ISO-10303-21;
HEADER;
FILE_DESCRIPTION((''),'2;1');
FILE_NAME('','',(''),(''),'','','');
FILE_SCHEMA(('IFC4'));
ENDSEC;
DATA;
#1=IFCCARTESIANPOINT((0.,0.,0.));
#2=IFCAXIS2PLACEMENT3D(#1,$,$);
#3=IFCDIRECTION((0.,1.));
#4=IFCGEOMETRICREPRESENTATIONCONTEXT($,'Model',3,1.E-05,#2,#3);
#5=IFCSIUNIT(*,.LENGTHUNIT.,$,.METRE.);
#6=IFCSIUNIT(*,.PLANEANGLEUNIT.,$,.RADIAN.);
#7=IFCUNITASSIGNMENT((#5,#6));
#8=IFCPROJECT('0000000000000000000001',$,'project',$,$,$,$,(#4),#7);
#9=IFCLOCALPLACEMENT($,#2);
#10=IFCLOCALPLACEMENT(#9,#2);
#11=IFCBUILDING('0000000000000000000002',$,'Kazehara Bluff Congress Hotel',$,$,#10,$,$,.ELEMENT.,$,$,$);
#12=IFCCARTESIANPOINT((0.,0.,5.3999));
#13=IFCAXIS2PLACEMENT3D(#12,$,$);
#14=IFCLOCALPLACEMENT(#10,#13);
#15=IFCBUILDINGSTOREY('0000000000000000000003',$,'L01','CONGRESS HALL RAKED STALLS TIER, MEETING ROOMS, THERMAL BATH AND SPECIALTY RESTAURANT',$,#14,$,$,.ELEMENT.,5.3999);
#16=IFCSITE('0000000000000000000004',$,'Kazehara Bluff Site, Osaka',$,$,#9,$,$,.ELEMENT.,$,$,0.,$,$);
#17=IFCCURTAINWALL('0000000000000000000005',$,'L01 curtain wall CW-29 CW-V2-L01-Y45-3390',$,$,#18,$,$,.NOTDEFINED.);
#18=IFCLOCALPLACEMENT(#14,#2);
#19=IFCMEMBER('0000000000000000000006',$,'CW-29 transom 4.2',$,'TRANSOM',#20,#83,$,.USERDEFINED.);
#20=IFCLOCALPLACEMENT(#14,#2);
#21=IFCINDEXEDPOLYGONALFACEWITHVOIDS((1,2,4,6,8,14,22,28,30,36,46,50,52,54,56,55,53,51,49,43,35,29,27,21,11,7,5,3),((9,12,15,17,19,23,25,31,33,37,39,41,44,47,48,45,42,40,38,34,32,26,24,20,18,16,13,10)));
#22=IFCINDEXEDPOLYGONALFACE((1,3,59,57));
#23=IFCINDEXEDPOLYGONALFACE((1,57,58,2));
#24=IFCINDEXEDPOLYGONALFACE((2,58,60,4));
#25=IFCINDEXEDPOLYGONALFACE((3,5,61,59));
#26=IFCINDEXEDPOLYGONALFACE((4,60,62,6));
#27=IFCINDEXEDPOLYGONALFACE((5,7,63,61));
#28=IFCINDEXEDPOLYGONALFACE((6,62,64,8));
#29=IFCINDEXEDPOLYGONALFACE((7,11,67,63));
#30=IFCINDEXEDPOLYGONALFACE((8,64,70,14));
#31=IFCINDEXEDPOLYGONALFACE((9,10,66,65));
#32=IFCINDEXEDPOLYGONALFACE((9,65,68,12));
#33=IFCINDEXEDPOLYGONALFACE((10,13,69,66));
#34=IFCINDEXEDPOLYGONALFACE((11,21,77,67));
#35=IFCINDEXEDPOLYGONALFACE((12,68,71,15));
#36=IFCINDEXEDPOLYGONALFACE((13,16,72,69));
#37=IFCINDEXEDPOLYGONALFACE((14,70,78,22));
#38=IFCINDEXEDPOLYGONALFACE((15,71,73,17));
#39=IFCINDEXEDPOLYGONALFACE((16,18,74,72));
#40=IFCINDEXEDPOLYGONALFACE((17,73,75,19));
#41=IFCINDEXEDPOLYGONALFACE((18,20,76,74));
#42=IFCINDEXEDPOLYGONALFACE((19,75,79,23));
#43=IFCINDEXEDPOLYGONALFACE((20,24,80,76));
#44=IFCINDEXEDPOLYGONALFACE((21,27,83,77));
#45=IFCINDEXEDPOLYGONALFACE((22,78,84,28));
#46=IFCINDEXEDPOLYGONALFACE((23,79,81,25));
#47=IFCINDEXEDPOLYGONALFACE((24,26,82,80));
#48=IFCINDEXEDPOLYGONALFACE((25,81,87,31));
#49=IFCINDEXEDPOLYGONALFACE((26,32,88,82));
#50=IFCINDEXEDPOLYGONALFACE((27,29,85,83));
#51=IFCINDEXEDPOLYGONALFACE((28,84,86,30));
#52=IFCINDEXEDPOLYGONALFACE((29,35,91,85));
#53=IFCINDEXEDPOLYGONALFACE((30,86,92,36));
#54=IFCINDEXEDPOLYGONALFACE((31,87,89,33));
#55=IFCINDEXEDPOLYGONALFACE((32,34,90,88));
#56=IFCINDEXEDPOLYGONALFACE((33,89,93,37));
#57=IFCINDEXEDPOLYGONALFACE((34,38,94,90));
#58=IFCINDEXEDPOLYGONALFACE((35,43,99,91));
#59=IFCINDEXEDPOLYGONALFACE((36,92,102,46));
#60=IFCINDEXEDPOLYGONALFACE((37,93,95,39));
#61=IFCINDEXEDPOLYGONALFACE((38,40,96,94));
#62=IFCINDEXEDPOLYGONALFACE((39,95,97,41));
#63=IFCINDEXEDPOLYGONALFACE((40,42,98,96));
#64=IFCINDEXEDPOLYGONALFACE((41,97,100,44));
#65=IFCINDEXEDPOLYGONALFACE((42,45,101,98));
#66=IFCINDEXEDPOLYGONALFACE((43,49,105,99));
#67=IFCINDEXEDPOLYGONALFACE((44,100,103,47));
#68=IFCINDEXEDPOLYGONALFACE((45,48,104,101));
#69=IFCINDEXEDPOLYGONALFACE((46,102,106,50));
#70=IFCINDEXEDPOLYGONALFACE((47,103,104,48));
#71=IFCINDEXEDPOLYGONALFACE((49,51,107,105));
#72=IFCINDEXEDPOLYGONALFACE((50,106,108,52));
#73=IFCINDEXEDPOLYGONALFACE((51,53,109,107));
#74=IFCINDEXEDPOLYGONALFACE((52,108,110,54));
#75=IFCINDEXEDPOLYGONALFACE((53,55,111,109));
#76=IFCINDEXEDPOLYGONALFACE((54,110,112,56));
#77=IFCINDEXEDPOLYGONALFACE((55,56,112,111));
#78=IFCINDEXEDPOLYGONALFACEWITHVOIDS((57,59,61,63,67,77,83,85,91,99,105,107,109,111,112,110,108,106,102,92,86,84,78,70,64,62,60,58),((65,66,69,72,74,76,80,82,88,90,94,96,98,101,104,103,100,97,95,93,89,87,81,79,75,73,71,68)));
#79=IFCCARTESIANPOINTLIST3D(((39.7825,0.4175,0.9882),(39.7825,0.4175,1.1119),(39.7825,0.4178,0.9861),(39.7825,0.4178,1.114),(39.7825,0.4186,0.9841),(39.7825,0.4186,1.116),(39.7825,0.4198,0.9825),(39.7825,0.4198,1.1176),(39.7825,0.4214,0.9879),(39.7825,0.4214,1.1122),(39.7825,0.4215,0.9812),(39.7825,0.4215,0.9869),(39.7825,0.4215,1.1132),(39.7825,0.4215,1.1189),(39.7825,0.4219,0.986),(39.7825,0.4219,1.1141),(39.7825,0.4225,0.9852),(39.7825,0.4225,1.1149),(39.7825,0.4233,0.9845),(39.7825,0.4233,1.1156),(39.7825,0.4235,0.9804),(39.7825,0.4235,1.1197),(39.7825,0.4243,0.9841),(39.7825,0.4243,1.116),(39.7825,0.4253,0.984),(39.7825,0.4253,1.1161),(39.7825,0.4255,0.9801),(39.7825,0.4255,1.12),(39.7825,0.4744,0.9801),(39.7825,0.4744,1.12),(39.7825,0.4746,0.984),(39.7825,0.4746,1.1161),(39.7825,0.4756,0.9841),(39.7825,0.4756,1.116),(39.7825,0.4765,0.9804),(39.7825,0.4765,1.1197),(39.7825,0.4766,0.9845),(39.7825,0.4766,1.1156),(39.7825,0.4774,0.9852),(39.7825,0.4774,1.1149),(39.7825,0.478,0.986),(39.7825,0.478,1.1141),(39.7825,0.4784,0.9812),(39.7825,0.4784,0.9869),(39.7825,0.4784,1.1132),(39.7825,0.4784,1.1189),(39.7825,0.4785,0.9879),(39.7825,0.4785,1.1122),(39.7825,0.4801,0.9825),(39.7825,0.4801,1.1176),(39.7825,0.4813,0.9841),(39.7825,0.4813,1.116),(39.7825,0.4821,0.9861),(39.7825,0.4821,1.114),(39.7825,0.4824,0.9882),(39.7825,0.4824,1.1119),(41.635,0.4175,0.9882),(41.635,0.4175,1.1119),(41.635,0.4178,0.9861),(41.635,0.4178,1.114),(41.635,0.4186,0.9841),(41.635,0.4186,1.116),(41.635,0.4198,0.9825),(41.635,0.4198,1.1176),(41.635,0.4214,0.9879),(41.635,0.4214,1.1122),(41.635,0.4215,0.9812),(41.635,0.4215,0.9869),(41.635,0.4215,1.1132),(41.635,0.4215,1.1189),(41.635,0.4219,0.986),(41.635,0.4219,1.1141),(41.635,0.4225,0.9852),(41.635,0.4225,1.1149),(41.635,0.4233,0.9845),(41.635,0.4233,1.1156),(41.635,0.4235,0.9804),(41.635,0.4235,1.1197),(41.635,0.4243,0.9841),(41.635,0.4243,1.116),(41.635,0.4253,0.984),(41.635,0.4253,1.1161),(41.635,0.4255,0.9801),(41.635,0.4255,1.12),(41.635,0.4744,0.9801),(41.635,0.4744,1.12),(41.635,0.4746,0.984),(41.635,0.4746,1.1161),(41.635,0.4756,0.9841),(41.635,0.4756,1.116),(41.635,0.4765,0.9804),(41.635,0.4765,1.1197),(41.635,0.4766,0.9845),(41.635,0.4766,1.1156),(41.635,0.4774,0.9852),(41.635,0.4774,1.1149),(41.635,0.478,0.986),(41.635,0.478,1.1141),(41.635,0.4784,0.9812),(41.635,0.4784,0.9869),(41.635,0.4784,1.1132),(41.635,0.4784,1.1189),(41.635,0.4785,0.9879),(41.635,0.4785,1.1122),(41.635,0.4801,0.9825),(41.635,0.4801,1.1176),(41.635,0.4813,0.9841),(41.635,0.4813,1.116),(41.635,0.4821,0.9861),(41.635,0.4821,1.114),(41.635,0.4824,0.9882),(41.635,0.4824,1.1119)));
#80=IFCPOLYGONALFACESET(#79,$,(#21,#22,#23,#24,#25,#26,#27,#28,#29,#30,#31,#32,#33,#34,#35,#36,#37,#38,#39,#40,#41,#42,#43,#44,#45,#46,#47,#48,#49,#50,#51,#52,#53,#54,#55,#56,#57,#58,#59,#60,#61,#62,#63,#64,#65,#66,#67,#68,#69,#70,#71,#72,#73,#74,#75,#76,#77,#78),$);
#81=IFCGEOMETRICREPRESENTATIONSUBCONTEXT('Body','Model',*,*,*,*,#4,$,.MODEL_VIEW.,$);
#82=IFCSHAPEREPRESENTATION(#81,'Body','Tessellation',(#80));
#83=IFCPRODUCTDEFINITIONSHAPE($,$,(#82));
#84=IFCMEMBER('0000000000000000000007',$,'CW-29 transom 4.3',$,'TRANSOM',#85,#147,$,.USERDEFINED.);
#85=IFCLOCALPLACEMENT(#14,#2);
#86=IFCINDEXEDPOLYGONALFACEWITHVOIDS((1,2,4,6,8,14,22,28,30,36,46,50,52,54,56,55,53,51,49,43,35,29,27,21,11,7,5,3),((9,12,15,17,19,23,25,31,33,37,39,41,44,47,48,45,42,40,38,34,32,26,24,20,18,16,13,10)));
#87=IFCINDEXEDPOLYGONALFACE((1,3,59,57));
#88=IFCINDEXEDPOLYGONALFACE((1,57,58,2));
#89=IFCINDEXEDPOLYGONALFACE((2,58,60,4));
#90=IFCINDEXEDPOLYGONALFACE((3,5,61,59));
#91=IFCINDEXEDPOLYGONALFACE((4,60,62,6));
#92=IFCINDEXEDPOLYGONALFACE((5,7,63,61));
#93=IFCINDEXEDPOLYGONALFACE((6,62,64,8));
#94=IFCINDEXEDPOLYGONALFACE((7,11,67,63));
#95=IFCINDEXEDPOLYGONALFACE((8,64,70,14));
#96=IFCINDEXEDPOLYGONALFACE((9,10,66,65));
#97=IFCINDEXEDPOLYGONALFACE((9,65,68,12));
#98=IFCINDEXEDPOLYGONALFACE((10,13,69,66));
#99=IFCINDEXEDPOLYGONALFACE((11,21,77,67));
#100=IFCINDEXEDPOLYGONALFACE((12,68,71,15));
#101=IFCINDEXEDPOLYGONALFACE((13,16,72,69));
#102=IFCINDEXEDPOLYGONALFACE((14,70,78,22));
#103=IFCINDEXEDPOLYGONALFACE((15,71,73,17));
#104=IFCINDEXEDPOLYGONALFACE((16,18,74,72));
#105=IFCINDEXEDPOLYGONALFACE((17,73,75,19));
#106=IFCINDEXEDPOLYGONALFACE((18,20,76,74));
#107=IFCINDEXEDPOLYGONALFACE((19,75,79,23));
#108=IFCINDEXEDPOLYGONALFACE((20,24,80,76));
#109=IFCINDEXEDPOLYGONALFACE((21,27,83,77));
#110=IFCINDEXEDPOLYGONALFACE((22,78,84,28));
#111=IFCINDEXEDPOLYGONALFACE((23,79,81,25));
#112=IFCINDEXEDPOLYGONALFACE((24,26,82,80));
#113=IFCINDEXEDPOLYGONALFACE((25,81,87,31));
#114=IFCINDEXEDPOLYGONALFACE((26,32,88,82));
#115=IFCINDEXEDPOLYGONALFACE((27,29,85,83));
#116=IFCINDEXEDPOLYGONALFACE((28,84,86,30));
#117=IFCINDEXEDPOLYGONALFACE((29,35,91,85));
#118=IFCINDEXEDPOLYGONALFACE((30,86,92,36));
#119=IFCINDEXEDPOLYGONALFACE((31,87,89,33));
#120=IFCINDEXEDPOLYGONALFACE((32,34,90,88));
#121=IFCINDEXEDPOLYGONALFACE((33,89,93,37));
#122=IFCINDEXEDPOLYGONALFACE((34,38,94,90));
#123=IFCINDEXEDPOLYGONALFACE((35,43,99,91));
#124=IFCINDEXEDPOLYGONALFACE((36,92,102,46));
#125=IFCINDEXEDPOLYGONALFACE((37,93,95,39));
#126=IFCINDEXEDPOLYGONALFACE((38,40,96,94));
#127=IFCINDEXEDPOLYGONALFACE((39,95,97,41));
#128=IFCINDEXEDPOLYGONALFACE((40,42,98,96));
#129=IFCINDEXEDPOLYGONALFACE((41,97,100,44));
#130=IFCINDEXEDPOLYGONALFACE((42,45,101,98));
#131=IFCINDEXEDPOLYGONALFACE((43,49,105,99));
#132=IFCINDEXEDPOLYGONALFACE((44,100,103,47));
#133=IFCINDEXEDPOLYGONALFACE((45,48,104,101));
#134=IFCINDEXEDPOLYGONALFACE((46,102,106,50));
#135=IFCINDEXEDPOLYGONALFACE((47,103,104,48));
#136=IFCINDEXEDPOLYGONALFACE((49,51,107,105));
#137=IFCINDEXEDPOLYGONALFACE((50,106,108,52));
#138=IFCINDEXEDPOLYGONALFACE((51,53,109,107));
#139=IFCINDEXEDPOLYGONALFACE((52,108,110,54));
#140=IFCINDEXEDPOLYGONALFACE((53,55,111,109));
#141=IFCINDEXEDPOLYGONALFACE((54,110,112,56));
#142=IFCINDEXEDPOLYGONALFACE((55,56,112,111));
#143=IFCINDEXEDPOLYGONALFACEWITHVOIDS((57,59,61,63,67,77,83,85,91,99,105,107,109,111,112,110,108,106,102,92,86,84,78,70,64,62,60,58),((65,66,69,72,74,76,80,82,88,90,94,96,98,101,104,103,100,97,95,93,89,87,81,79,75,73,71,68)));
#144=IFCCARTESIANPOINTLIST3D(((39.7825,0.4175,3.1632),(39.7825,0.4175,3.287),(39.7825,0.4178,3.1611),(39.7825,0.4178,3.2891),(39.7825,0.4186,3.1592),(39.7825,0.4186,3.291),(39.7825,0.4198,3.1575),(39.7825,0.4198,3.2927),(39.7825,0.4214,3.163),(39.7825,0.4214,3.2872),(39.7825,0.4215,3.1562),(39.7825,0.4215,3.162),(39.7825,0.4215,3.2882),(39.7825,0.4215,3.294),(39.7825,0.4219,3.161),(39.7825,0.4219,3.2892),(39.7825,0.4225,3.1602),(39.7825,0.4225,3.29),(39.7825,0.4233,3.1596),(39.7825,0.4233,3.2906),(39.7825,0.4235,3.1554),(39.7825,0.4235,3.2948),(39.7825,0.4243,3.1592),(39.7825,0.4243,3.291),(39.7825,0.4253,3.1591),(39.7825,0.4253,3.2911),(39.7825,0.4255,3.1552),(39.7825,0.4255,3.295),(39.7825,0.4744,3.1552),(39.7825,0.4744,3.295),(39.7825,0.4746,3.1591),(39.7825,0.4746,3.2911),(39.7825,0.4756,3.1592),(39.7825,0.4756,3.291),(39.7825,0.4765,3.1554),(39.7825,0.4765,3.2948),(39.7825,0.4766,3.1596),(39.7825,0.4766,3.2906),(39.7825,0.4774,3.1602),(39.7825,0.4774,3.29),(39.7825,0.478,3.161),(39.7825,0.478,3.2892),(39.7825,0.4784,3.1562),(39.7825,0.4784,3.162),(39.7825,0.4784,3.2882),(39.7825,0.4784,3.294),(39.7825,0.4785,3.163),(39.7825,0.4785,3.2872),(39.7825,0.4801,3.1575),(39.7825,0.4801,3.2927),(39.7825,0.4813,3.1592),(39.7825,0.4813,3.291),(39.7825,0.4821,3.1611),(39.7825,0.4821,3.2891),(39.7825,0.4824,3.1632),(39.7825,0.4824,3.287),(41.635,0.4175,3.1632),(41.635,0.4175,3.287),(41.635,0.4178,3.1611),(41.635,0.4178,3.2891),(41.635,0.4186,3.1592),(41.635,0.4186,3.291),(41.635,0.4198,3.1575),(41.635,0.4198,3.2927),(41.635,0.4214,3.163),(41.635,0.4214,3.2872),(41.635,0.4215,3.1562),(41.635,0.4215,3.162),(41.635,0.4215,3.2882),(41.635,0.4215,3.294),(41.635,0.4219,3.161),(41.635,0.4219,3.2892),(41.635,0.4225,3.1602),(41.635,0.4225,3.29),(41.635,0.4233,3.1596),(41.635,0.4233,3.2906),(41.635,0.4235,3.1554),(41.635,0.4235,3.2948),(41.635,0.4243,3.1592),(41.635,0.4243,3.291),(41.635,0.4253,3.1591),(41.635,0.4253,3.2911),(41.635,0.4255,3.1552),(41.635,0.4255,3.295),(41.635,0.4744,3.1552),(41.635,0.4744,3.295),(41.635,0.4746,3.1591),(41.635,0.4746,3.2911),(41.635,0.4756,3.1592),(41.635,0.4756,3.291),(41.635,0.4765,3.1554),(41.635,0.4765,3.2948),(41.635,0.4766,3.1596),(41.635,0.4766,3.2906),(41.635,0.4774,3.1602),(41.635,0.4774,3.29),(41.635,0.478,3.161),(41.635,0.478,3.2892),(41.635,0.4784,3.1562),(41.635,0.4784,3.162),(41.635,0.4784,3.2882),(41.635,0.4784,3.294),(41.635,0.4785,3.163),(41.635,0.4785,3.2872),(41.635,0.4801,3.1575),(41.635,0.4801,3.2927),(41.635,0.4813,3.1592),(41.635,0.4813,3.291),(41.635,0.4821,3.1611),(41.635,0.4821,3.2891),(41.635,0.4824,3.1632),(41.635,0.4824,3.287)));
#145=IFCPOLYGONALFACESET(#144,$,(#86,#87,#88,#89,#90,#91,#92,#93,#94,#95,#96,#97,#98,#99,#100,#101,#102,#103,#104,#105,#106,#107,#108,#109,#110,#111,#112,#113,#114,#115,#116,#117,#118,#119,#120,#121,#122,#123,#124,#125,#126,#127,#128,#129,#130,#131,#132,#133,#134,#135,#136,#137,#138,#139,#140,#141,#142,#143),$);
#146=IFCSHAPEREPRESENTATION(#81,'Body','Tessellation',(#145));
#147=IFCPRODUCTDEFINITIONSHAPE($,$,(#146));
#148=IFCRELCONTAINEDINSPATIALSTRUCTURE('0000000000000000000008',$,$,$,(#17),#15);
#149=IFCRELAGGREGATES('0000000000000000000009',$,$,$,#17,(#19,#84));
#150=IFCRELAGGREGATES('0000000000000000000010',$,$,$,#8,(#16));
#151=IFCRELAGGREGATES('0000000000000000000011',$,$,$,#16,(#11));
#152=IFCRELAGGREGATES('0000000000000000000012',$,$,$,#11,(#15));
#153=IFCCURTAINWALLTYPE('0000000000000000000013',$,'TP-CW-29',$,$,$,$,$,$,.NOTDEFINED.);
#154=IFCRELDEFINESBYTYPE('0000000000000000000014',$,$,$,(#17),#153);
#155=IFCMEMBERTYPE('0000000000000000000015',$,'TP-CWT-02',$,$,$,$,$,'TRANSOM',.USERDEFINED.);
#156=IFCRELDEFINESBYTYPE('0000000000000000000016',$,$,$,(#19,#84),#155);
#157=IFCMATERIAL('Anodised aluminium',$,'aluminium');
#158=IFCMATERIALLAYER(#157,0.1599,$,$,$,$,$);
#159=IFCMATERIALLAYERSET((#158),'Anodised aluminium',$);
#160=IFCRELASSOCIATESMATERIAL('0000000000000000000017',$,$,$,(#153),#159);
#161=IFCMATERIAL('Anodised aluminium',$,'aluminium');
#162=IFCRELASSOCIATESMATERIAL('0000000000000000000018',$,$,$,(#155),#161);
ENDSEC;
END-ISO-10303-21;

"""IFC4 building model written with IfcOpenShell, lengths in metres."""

from ifc_helpers import new_model, si_unit, direction, frame, origin, origin_2d, place, context, subcontext, project, spatial, hollow_rectangle, extrude, material, layer, layer_set, material_profile, profile_set, type_object, element, aggregate, save


model = new_model("IFC4")

# Units and contexts
model_context = context("Model", 3, precision=1e-05, world=origin(), true_north=direction((0.0, 1.0)))
body_context = subcontext(model_context, "Body", "Model", "MODEL_VIEW")
ifc_project = project(units=[si_unit("LENGTHUNIT", "METRE"), si_unit("PLANEANGLEUNIT", "RADIAN")], contexts=[model_context])

# Site, building, storey
site_placement = place(None, origin())
site = spatial("IfcSite", under=ifc_project, at=site_placement, Name="Kazehara Bluff Site, Osaka", CompositionType="ELEMENT", RefElevation=0.0)
building_placement = place(site_placement, origin())
building = spatial("IfcBuilding", under=site, at=building_placement, Name="Kazehara Bluff Congress Hotel", CompositionType="ELEMENT")
storey_placement = place(building_placement, frame((0.0, 0.0, 5.3999)))
storey = spatial("IfcBuildingStorey", under=building, at=storey_placement, Name="L01", Description="CONGRESS HALL RAKED STALLS TIER, MEETING ROOMS, THERMAL BATH AND SPECIALTY RESTAURANT", CompositionType="ELEMENT", Elevation=5.3999)

# Curtain wall, members
ifc_material_1 = material(Name="Anodised aluminium", Category="aluminium")
ifc_layer_1 = layer(ifc_material_1, 0.1599)
ifc_layer_set_1 = layer_set([ifc_layer_1], Name="Anodised aluminium")
curtain_wall_type = type_object("IfcCurtainWallType", Name="TP-CW-29", PredefinedType="NOTDEFINED", material=ifc_layer_set_1)
curtain_wall_placement = place(storey_placement, origin())
curtain_wall = element("IfcCurtainWall", 1, at=curtain_wall_placement, inside=storey, type_object=curtain_wall_type, Name="L01 curtain wall CW-29 CW-V2-L01-Y45-3390", PredefinedType="NOTDEFINED")
ifc_material_2 = material(Name="Anodised aluminium", Category="aluminium")
ifc_material_profile_1 = material_profile(ifc_material_2, hollow_rectangle(XDim=0.0649, YDim=0.1399, WallThickness=0.0039, InnerFilletRadius=0.0039, OuterFilletRadius=0.0081, at=origin_2d()))
ifc_profile_set_1 = profile_set([ifc_material_profile_1], Name="Anodised aluminium")
member_type_1 = type_object("IfcMemberType", Name="TP-CWT-02", ElementType="TRANSOM", PredefinedType="USERDEFINED", material=ifc_profile_set_1)
member_1_placement = place(storey_placement, frame((39.7825, 0.45, 1.05), z_axis=(1.0, 0.0, 0.0), x_axis=(0.0, 1.0, 0.0)))
member_1 = element("IfcMember", 2, at=member_1_placement, type_object=member_type_1, Name="CW-29 transom 4.2", ObjectType="TRANSOM", PredefinedType="USERDEFINED", context=body_context, shape_type="SweptSolid", body=[
    extrude(hollow_rectangle(XDim=0.0649, YDim=0.1399, WallThickness=0.0039, InnerFilletRadius=0.0039, OuterFilletRadius=0.0081, at=origin_2d()), origin(), (0.0, 0.0, 1.0), 1.8525),
])
member_2_placement = place(storey_placement, frame((39.7825, 0.45, 3.2251), z_axis=(1.0, 0.0, 0.0), x_axis=(0.0, 1.0, 0.0)))
member_2 = element("IfcMember", 3, at=member_2_placement, type_object=member_type_1, Name="CW-29 transom 4.3", ObjectType="TRANSOM", PredefinedType="USERDEFINED", context=body_context, shape_type="SweptSolid", body=[
    extrude(hollow_rectangle(XDim=0.0649, YDim=0.1399, WallThickness=0.0039, InnerFilletRadius=0.0039, OuterFilletRadius=0.0081, at=origin_2d()), origin(), (0.0, 0.0, 1.0), 1.8525),
])

aggregate(curtain_wall, [member_1, member_2])

save(model, "model.ifc")
